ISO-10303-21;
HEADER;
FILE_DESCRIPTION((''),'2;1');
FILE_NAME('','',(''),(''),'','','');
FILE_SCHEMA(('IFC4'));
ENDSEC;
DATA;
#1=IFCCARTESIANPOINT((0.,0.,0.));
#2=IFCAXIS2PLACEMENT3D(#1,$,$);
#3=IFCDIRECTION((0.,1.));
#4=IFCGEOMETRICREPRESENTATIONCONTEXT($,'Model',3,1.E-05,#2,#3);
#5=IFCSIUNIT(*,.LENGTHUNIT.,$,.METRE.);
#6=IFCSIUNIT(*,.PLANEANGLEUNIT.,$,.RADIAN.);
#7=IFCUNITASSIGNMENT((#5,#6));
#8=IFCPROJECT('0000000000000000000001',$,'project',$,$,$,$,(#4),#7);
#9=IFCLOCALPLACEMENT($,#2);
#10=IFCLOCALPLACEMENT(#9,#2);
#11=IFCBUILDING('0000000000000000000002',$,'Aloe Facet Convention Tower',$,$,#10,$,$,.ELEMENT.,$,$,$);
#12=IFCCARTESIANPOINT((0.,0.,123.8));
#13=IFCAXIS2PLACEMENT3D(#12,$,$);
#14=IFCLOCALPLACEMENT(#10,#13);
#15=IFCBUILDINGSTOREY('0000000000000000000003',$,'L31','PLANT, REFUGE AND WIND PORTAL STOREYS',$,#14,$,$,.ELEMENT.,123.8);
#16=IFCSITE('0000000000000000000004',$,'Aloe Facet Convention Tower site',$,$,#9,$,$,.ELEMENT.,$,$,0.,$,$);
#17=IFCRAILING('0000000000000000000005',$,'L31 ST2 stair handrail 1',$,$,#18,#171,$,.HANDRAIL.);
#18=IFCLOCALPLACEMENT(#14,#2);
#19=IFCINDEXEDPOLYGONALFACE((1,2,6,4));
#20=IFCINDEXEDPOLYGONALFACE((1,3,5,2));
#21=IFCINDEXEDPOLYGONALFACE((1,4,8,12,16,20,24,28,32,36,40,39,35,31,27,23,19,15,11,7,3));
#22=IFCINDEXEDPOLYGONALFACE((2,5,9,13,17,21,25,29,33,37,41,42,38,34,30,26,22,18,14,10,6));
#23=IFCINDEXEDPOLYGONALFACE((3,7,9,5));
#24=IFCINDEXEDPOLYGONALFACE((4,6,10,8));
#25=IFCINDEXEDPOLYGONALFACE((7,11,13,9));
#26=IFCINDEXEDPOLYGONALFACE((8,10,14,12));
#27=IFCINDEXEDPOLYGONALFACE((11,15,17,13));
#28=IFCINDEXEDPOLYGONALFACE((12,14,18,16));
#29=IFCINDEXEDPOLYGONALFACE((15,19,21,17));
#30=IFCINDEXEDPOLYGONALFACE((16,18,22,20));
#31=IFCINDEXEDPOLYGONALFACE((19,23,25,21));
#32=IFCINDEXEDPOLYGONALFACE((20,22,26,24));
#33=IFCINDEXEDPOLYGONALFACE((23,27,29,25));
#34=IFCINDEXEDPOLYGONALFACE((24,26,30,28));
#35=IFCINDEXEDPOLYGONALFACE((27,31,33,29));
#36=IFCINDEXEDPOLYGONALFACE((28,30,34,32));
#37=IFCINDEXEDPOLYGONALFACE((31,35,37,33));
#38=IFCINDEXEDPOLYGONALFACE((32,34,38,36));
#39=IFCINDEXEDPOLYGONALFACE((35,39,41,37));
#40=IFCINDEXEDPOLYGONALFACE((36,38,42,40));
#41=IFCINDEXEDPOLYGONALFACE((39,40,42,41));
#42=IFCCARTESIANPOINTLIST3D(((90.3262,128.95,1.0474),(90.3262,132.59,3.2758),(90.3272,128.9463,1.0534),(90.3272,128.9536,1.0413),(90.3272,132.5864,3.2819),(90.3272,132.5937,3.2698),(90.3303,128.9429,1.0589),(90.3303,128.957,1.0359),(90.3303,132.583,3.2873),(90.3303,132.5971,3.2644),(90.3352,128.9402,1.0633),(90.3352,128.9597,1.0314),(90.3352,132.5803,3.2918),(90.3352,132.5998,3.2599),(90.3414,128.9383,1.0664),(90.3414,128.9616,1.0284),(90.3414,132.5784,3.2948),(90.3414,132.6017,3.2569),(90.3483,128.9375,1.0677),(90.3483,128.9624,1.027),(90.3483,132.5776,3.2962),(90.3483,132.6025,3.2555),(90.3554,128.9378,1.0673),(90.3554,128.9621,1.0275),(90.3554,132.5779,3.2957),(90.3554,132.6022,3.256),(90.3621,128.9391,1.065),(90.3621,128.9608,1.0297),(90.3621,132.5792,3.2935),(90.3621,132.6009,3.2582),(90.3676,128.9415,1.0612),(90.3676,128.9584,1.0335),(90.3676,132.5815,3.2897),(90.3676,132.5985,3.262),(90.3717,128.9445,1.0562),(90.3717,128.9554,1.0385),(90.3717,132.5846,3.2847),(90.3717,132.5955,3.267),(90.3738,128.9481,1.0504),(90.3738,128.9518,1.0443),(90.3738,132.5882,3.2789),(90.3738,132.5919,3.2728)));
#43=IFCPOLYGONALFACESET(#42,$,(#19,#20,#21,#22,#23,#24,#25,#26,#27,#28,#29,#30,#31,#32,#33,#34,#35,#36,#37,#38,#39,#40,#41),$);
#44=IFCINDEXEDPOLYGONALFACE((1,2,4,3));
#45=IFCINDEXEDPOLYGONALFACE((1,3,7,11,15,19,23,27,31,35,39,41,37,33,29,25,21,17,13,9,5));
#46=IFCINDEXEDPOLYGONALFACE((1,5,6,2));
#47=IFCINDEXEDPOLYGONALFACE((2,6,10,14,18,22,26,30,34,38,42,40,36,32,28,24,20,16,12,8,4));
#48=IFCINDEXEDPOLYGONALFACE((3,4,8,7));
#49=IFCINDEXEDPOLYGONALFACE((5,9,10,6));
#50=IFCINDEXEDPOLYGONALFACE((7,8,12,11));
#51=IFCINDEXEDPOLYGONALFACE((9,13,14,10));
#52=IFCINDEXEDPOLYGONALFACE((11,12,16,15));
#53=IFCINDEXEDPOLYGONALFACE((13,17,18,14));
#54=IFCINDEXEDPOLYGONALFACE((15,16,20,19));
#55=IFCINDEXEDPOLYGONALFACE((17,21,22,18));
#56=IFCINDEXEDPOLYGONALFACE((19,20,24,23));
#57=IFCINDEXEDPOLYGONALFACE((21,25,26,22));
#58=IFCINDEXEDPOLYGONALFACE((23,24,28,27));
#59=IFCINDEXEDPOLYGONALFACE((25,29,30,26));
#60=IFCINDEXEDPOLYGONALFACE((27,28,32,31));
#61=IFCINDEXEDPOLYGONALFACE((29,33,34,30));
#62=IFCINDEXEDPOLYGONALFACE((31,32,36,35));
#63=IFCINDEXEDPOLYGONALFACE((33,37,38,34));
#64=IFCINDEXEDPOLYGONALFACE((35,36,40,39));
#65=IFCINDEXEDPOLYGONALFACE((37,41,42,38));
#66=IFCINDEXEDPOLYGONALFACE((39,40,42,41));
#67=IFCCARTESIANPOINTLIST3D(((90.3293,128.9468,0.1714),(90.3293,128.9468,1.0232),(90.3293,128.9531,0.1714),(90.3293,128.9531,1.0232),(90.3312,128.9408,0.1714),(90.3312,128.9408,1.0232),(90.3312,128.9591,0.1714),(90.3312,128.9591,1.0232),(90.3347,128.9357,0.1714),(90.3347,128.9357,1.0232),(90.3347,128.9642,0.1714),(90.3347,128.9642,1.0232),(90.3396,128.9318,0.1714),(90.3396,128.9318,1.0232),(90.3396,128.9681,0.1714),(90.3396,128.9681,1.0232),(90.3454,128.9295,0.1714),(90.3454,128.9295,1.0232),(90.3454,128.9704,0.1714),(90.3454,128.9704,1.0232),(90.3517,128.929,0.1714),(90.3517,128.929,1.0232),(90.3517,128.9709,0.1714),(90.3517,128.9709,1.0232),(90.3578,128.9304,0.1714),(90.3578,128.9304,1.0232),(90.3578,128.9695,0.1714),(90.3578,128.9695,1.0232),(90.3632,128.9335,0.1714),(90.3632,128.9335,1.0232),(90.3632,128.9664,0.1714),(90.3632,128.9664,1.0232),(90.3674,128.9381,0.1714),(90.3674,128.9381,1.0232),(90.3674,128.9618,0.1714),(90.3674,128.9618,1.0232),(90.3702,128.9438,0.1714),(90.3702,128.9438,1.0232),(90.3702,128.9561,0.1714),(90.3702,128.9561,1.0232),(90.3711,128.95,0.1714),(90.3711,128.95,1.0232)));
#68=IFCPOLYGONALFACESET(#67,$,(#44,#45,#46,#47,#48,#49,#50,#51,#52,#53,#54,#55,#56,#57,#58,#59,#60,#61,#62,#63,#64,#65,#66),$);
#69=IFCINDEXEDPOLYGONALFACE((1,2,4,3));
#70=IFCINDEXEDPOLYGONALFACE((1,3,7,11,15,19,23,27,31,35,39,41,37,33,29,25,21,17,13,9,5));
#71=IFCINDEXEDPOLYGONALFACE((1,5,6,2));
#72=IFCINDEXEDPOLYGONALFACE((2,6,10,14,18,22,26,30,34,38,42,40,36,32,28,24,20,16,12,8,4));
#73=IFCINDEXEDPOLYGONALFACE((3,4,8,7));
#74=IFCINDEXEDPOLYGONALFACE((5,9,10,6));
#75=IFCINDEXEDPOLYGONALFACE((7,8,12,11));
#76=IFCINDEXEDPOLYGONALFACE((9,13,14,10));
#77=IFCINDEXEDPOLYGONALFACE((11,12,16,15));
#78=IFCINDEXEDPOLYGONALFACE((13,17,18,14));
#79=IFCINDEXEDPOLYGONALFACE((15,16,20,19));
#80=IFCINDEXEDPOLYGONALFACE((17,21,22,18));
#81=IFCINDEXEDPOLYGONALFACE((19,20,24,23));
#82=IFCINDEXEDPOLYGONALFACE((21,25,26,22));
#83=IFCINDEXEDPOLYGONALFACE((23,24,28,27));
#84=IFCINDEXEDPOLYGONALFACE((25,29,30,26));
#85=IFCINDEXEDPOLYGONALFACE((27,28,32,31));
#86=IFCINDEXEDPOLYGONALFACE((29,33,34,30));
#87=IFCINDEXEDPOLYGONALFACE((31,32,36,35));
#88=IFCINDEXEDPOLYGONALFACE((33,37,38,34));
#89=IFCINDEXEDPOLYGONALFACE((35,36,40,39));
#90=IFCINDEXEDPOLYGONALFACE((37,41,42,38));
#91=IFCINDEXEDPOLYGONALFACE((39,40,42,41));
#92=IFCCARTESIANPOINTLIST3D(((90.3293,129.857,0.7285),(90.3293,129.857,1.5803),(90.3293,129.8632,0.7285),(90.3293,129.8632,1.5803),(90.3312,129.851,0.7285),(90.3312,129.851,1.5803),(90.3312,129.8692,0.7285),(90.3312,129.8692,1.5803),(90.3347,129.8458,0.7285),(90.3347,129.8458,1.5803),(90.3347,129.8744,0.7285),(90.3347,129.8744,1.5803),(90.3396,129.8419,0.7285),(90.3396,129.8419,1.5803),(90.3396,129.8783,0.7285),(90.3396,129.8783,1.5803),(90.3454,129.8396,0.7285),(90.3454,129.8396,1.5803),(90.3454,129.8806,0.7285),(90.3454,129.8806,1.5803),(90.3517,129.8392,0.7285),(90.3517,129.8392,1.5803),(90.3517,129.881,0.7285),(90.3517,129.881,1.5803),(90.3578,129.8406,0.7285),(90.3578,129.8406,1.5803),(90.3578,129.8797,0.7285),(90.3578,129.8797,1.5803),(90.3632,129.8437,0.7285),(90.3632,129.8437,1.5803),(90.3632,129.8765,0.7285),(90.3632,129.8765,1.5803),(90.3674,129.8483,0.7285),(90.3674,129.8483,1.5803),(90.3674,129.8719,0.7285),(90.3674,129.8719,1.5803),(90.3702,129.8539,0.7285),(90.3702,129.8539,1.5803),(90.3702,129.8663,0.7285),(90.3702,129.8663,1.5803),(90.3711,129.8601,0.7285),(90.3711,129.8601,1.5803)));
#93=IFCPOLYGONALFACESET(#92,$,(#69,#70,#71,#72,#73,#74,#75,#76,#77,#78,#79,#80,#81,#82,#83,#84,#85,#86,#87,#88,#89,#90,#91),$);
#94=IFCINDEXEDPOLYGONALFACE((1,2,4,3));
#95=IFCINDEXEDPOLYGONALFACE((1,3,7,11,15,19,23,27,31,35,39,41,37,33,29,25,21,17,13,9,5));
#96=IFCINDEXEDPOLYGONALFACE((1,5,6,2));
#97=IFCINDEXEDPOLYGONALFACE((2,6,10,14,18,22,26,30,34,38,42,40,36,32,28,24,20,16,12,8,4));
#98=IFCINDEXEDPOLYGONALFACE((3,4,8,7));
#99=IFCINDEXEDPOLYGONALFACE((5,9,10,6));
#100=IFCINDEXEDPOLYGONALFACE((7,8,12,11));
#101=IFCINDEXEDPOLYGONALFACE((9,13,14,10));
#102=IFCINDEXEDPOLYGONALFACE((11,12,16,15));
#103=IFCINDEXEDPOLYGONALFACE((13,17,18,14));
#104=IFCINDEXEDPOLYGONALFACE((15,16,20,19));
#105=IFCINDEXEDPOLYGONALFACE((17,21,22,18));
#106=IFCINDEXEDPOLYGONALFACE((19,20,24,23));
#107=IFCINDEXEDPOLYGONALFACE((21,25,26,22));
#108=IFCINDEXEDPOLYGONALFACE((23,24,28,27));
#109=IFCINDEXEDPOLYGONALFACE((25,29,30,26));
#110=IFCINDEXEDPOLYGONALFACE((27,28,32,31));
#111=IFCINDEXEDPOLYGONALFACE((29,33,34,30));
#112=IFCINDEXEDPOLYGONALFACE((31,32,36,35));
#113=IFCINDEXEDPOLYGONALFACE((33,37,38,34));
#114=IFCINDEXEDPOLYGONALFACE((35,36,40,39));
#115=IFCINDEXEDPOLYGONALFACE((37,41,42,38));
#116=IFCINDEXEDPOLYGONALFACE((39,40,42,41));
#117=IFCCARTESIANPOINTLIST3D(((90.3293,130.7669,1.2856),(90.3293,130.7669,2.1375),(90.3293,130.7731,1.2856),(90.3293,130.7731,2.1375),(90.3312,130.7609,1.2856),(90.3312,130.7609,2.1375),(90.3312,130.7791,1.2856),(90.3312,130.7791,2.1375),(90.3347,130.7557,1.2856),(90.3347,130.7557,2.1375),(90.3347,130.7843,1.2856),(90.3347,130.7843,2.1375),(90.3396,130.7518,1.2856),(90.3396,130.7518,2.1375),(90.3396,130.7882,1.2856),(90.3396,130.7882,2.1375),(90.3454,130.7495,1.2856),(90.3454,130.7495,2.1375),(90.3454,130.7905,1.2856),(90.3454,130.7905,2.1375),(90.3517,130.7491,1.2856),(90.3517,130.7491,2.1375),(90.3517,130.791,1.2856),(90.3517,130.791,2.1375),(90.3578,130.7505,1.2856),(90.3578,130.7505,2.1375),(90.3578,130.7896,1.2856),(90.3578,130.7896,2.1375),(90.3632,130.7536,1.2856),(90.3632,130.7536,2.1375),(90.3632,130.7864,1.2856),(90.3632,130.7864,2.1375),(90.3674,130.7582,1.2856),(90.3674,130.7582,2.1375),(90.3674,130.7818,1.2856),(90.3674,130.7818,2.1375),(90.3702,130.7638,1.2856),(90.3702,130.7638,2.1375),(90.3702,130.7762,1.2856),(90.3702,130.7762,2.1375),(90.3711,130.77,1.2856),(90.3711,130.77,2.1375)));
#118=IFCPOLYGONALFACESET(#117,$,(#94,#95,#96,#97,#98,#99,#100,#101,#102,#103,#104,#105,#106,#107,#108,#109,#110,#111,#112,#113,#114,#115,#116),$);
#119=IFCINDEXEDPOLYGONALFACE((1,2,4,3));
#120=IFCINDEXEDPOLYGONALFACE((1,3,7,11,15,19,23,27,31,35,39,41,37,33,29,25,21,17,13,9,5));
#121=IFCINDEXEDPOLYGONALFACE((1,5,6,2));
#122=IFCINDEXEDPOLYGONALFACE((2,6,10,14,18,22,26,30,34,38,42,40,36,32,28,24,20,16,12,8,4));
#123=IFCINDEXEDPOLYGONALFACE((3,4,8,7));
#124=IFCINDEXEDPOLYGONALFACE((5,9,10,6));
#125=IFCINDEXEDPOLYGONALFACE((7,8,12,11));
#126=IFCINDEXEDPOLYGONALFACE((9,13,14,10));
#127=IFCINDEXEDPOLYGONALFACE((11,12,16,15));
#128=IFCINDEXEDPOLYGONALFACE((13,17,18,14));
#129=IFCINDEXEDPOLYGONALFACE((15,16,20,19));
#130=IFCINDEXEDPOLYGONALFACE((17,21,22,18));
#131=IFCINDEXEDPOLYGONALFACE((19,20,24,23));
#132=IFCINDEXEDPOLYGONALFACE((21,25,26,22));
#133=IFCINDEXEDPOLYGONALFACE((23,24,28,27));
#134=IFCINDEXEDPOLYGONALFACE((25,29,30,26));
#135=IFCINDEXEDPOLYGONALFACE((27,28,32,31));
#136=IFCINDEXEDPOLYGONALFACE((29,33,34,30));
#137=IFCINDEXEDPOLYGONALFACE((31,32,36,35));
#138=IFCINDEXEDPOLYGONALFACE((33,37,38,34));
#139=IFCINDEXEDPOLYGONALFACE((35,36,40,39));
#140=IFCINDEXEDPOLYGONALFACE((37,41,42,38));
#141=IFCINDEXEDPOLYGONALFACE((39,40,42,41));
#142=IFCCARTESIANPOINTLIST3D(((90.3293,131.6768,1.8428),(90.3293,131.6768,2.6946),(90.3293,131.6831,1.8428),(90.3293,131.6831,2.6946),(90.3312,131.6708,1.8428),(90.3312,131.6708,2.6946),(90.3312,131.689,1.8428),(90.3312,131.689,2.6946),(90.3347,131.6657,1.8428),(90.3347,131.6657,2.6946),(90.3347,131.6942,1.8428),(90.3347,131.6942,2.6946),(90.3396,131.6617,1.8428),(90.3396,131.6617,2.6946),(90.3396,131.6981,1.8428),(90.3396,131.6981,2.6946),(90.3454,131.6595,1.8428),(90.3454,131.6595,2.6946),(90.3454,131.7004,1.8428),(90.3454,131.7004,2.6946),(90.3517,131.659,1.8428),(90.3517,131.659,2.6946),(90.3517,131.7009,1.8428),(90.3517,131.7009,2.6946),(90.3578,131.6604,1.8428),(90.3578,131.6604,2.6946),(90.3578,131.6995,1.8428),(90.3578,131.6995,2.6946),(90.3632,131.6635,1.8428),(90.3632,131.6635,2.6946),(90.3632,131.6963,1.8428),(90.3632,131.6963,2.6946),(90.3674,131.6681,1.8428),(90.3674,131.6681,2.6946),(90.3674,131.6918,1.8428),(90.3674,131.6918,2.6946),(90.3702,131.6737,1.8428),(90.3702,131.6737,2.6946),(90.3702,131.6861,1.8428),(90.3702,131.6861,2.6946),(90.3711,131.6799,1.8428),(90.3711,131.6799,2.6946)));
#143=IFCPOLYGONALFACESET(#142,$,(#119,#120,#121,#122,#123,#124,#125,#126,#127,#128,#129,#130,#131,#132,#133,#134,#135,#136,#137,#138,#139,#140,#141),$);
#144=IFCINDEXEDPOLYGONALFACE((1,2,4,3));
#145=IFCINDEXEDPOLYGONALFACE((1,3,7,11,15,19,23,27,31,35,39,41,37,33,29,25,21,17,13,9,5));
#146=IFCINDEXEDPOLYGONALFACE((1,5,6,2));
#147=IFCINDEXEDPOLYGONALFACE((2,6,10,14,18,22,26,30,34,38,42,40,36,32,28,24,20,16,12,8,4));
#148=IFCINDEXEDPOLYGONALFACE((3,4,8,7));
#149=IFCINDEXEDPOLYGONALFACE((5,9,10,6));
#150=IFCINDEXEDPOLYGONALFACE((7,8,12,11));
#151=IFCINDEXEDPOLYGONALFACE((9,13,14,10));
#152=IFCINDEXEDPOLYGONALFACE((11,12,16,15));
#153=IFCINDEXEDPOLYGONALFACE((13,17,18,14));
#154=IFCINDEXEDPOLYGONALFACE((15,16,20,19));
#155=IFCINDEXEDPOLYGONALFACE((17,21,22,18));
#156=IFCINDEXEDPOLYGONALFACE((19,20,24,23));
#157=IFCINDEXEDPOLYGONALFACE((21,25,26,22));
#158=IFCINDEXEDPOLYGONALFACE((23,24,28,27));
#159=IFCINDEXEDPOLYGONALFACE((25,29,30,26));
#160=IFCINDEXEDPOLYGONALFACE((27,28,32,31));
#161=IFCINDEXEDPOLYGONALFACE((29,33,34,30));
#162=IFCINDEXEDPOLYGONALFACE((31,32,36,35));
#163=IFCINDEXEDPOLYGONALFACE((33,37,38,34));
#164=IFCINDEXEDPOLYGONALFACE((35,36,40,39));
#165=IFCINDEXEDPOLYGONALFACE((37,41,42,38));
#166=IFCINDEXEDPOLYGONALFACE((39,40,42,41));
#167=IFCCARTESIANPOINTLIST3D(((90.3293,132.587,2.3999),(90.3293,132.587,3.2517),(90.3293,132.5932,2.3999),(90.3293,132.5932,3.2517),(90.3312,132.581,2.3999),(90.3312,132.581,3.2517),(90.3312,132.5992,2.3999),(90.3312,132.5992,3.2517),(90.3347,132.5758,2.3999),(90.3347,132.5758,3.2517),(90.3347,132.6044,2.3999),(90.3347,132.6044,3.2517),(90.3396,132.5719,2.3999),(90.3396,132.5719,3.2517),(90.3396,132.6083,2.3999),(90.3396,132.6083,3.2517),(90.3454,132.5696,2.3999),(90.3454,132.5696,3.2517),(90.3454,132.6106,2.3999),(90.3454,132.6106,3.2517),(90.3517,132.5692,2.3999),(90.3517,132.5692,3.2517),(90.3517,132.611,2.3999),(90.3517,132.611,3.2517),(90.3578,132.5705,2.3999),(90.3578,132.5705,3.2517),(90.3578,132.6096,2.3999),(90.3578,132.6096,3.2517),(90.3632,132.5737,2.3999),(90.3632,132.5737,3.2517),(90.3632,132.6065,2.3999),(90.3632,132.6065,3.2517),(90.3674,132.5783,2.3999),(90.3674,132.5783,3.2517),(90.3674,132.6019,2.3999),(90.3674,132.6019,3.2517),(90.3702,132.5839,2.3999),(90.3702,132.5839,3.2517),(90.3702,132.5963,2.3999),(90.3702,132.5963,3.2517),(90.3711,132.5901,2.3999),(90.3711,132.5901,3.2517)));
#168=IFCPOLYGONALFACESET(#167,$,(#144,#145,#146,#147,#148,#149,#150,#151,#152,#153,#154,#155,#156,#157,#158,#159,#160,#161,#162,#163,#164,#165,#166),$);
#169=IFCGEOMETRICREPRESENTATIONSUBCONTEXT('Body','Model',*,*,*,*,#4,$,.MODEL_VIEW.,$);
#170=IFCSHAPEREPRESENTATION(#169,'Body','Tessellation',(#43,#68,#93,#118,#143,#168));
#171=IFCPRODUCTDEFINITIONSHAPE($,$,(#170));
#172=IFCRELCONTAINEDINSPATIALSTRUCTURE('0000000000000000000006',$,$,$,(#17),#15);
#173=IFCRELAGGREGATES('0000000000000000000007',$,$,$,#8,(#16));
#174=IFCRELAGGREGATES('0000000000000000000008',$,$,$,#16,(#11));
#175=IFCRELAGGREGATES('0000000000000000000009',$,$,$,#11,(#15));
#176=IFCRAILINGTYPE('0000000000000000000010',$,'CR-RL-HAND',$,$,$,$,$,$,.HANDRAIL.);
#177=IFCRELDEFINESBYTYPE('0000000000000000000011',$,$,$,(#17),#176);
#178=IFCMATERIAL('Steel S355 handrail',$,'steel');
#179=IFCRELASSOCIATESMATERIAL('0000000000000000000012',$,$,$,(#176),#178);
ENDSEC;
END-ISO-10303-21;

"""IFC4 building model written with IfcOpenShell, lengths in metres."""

from ifc_helpers import new_model, si_unit, direction, frame, origin, origin_2d, place, context, subcontext, project, spatial, circle, extrude, material, type_object, element, save


model = new_model("IFC4")

# Units and contexts
model_context = context("Model", 3, precision=1e-05, world=origin(), true_north=direction((0.0, 1.0)))
body_context = subcontext(model_context, "Body", "Model", "MODEL_VIEW")
ifc_project = project(units=[si_unit("LENGTHUNIT", "METRE"), si_unit("PLANEANGLEUNIT", "RADIAN")], contexts=[model_context])

# Site, building, storey
site_placement = place(None, origin())
site = spatial("IfcSite", under=ifc_project, at=site_placement, Name="Aloe Facet Convention Tower site", CompositionType="ELEMENT", RefElevation=0.0)
building_placement = place(site_placement, origin())
building = spatial("IfcBuilding", under=site, at=building_placement, Name="Aloe Facet Convention Tower", CompositionType="ELEMENT")
storey_placement = place(building_placement, frame((0.0, 0.0, 123.8)))
storey = spatial("IfcBuildingStorey", under=building, at=storey_placement, Name="L31", Description="PLANT, REFUGE AND WIND PORTAL STOREYS", CompositionType="ELEMENT", Elevation=123.8)

# Railing
ifc_material_1 = material(Name="Steel S355 handrail", Category="steel")
railing_type_1 = type_object("IfcRailingType", Name="CR-RL-HAND", PredefinedType="HANDRAIL", material=ifc_material_1)
railing_1_placement = place(storey_placement, frame((90.3501, 128.95, 0.1714)))
element("IfcRailing", 1, at=railing_1_placement, inside=storey, type_object=railing_type_1, Name="L31 ST2 stair handrail 1", PredefinedType="HANDRAIL", context=body_context, shape_type="SweptSolid", body=[
    extrude(circle(Radius=0.0239, at=origin_2d()), frame((0.0, 0.0, 0.876), z_axis=(0.0, 0.852866, 0.52213), x_axis=(-1.0, 0.0, 0.0)), (0.0, 0.0, 1.0), 4.2681),
    extrude(circle(Radius=0.021, at=origin_2d()), origin(), (0.0, 0.0, 1.0), 0.8518),
    extrude(circle(Radius=0.021, at=origin_2d()), frame((0.0, 0.9102, 0.5571)), (0.0, 0.0, 1.0), 0.8518),
    extrude(circle(Radius=0.021, at=origin_2d()), frame((0.0, 1.8201, 1.1143)), (0.0, 0.0, 1.0), 0.8518),
    extrude(circle(Radius=0.021, at=origin_2d()), frame((0.0, 2.73, 1.6714)), (0.0, 0.0, 1.0), 0.8518),
    extrude(circle(Radius=0.021, at=origin_2d()), frame((0.0, 3.6401, 2.2285)), (0.0, 0.0, 1.0), 0.8518),
])

save(model, "model.ifc")
